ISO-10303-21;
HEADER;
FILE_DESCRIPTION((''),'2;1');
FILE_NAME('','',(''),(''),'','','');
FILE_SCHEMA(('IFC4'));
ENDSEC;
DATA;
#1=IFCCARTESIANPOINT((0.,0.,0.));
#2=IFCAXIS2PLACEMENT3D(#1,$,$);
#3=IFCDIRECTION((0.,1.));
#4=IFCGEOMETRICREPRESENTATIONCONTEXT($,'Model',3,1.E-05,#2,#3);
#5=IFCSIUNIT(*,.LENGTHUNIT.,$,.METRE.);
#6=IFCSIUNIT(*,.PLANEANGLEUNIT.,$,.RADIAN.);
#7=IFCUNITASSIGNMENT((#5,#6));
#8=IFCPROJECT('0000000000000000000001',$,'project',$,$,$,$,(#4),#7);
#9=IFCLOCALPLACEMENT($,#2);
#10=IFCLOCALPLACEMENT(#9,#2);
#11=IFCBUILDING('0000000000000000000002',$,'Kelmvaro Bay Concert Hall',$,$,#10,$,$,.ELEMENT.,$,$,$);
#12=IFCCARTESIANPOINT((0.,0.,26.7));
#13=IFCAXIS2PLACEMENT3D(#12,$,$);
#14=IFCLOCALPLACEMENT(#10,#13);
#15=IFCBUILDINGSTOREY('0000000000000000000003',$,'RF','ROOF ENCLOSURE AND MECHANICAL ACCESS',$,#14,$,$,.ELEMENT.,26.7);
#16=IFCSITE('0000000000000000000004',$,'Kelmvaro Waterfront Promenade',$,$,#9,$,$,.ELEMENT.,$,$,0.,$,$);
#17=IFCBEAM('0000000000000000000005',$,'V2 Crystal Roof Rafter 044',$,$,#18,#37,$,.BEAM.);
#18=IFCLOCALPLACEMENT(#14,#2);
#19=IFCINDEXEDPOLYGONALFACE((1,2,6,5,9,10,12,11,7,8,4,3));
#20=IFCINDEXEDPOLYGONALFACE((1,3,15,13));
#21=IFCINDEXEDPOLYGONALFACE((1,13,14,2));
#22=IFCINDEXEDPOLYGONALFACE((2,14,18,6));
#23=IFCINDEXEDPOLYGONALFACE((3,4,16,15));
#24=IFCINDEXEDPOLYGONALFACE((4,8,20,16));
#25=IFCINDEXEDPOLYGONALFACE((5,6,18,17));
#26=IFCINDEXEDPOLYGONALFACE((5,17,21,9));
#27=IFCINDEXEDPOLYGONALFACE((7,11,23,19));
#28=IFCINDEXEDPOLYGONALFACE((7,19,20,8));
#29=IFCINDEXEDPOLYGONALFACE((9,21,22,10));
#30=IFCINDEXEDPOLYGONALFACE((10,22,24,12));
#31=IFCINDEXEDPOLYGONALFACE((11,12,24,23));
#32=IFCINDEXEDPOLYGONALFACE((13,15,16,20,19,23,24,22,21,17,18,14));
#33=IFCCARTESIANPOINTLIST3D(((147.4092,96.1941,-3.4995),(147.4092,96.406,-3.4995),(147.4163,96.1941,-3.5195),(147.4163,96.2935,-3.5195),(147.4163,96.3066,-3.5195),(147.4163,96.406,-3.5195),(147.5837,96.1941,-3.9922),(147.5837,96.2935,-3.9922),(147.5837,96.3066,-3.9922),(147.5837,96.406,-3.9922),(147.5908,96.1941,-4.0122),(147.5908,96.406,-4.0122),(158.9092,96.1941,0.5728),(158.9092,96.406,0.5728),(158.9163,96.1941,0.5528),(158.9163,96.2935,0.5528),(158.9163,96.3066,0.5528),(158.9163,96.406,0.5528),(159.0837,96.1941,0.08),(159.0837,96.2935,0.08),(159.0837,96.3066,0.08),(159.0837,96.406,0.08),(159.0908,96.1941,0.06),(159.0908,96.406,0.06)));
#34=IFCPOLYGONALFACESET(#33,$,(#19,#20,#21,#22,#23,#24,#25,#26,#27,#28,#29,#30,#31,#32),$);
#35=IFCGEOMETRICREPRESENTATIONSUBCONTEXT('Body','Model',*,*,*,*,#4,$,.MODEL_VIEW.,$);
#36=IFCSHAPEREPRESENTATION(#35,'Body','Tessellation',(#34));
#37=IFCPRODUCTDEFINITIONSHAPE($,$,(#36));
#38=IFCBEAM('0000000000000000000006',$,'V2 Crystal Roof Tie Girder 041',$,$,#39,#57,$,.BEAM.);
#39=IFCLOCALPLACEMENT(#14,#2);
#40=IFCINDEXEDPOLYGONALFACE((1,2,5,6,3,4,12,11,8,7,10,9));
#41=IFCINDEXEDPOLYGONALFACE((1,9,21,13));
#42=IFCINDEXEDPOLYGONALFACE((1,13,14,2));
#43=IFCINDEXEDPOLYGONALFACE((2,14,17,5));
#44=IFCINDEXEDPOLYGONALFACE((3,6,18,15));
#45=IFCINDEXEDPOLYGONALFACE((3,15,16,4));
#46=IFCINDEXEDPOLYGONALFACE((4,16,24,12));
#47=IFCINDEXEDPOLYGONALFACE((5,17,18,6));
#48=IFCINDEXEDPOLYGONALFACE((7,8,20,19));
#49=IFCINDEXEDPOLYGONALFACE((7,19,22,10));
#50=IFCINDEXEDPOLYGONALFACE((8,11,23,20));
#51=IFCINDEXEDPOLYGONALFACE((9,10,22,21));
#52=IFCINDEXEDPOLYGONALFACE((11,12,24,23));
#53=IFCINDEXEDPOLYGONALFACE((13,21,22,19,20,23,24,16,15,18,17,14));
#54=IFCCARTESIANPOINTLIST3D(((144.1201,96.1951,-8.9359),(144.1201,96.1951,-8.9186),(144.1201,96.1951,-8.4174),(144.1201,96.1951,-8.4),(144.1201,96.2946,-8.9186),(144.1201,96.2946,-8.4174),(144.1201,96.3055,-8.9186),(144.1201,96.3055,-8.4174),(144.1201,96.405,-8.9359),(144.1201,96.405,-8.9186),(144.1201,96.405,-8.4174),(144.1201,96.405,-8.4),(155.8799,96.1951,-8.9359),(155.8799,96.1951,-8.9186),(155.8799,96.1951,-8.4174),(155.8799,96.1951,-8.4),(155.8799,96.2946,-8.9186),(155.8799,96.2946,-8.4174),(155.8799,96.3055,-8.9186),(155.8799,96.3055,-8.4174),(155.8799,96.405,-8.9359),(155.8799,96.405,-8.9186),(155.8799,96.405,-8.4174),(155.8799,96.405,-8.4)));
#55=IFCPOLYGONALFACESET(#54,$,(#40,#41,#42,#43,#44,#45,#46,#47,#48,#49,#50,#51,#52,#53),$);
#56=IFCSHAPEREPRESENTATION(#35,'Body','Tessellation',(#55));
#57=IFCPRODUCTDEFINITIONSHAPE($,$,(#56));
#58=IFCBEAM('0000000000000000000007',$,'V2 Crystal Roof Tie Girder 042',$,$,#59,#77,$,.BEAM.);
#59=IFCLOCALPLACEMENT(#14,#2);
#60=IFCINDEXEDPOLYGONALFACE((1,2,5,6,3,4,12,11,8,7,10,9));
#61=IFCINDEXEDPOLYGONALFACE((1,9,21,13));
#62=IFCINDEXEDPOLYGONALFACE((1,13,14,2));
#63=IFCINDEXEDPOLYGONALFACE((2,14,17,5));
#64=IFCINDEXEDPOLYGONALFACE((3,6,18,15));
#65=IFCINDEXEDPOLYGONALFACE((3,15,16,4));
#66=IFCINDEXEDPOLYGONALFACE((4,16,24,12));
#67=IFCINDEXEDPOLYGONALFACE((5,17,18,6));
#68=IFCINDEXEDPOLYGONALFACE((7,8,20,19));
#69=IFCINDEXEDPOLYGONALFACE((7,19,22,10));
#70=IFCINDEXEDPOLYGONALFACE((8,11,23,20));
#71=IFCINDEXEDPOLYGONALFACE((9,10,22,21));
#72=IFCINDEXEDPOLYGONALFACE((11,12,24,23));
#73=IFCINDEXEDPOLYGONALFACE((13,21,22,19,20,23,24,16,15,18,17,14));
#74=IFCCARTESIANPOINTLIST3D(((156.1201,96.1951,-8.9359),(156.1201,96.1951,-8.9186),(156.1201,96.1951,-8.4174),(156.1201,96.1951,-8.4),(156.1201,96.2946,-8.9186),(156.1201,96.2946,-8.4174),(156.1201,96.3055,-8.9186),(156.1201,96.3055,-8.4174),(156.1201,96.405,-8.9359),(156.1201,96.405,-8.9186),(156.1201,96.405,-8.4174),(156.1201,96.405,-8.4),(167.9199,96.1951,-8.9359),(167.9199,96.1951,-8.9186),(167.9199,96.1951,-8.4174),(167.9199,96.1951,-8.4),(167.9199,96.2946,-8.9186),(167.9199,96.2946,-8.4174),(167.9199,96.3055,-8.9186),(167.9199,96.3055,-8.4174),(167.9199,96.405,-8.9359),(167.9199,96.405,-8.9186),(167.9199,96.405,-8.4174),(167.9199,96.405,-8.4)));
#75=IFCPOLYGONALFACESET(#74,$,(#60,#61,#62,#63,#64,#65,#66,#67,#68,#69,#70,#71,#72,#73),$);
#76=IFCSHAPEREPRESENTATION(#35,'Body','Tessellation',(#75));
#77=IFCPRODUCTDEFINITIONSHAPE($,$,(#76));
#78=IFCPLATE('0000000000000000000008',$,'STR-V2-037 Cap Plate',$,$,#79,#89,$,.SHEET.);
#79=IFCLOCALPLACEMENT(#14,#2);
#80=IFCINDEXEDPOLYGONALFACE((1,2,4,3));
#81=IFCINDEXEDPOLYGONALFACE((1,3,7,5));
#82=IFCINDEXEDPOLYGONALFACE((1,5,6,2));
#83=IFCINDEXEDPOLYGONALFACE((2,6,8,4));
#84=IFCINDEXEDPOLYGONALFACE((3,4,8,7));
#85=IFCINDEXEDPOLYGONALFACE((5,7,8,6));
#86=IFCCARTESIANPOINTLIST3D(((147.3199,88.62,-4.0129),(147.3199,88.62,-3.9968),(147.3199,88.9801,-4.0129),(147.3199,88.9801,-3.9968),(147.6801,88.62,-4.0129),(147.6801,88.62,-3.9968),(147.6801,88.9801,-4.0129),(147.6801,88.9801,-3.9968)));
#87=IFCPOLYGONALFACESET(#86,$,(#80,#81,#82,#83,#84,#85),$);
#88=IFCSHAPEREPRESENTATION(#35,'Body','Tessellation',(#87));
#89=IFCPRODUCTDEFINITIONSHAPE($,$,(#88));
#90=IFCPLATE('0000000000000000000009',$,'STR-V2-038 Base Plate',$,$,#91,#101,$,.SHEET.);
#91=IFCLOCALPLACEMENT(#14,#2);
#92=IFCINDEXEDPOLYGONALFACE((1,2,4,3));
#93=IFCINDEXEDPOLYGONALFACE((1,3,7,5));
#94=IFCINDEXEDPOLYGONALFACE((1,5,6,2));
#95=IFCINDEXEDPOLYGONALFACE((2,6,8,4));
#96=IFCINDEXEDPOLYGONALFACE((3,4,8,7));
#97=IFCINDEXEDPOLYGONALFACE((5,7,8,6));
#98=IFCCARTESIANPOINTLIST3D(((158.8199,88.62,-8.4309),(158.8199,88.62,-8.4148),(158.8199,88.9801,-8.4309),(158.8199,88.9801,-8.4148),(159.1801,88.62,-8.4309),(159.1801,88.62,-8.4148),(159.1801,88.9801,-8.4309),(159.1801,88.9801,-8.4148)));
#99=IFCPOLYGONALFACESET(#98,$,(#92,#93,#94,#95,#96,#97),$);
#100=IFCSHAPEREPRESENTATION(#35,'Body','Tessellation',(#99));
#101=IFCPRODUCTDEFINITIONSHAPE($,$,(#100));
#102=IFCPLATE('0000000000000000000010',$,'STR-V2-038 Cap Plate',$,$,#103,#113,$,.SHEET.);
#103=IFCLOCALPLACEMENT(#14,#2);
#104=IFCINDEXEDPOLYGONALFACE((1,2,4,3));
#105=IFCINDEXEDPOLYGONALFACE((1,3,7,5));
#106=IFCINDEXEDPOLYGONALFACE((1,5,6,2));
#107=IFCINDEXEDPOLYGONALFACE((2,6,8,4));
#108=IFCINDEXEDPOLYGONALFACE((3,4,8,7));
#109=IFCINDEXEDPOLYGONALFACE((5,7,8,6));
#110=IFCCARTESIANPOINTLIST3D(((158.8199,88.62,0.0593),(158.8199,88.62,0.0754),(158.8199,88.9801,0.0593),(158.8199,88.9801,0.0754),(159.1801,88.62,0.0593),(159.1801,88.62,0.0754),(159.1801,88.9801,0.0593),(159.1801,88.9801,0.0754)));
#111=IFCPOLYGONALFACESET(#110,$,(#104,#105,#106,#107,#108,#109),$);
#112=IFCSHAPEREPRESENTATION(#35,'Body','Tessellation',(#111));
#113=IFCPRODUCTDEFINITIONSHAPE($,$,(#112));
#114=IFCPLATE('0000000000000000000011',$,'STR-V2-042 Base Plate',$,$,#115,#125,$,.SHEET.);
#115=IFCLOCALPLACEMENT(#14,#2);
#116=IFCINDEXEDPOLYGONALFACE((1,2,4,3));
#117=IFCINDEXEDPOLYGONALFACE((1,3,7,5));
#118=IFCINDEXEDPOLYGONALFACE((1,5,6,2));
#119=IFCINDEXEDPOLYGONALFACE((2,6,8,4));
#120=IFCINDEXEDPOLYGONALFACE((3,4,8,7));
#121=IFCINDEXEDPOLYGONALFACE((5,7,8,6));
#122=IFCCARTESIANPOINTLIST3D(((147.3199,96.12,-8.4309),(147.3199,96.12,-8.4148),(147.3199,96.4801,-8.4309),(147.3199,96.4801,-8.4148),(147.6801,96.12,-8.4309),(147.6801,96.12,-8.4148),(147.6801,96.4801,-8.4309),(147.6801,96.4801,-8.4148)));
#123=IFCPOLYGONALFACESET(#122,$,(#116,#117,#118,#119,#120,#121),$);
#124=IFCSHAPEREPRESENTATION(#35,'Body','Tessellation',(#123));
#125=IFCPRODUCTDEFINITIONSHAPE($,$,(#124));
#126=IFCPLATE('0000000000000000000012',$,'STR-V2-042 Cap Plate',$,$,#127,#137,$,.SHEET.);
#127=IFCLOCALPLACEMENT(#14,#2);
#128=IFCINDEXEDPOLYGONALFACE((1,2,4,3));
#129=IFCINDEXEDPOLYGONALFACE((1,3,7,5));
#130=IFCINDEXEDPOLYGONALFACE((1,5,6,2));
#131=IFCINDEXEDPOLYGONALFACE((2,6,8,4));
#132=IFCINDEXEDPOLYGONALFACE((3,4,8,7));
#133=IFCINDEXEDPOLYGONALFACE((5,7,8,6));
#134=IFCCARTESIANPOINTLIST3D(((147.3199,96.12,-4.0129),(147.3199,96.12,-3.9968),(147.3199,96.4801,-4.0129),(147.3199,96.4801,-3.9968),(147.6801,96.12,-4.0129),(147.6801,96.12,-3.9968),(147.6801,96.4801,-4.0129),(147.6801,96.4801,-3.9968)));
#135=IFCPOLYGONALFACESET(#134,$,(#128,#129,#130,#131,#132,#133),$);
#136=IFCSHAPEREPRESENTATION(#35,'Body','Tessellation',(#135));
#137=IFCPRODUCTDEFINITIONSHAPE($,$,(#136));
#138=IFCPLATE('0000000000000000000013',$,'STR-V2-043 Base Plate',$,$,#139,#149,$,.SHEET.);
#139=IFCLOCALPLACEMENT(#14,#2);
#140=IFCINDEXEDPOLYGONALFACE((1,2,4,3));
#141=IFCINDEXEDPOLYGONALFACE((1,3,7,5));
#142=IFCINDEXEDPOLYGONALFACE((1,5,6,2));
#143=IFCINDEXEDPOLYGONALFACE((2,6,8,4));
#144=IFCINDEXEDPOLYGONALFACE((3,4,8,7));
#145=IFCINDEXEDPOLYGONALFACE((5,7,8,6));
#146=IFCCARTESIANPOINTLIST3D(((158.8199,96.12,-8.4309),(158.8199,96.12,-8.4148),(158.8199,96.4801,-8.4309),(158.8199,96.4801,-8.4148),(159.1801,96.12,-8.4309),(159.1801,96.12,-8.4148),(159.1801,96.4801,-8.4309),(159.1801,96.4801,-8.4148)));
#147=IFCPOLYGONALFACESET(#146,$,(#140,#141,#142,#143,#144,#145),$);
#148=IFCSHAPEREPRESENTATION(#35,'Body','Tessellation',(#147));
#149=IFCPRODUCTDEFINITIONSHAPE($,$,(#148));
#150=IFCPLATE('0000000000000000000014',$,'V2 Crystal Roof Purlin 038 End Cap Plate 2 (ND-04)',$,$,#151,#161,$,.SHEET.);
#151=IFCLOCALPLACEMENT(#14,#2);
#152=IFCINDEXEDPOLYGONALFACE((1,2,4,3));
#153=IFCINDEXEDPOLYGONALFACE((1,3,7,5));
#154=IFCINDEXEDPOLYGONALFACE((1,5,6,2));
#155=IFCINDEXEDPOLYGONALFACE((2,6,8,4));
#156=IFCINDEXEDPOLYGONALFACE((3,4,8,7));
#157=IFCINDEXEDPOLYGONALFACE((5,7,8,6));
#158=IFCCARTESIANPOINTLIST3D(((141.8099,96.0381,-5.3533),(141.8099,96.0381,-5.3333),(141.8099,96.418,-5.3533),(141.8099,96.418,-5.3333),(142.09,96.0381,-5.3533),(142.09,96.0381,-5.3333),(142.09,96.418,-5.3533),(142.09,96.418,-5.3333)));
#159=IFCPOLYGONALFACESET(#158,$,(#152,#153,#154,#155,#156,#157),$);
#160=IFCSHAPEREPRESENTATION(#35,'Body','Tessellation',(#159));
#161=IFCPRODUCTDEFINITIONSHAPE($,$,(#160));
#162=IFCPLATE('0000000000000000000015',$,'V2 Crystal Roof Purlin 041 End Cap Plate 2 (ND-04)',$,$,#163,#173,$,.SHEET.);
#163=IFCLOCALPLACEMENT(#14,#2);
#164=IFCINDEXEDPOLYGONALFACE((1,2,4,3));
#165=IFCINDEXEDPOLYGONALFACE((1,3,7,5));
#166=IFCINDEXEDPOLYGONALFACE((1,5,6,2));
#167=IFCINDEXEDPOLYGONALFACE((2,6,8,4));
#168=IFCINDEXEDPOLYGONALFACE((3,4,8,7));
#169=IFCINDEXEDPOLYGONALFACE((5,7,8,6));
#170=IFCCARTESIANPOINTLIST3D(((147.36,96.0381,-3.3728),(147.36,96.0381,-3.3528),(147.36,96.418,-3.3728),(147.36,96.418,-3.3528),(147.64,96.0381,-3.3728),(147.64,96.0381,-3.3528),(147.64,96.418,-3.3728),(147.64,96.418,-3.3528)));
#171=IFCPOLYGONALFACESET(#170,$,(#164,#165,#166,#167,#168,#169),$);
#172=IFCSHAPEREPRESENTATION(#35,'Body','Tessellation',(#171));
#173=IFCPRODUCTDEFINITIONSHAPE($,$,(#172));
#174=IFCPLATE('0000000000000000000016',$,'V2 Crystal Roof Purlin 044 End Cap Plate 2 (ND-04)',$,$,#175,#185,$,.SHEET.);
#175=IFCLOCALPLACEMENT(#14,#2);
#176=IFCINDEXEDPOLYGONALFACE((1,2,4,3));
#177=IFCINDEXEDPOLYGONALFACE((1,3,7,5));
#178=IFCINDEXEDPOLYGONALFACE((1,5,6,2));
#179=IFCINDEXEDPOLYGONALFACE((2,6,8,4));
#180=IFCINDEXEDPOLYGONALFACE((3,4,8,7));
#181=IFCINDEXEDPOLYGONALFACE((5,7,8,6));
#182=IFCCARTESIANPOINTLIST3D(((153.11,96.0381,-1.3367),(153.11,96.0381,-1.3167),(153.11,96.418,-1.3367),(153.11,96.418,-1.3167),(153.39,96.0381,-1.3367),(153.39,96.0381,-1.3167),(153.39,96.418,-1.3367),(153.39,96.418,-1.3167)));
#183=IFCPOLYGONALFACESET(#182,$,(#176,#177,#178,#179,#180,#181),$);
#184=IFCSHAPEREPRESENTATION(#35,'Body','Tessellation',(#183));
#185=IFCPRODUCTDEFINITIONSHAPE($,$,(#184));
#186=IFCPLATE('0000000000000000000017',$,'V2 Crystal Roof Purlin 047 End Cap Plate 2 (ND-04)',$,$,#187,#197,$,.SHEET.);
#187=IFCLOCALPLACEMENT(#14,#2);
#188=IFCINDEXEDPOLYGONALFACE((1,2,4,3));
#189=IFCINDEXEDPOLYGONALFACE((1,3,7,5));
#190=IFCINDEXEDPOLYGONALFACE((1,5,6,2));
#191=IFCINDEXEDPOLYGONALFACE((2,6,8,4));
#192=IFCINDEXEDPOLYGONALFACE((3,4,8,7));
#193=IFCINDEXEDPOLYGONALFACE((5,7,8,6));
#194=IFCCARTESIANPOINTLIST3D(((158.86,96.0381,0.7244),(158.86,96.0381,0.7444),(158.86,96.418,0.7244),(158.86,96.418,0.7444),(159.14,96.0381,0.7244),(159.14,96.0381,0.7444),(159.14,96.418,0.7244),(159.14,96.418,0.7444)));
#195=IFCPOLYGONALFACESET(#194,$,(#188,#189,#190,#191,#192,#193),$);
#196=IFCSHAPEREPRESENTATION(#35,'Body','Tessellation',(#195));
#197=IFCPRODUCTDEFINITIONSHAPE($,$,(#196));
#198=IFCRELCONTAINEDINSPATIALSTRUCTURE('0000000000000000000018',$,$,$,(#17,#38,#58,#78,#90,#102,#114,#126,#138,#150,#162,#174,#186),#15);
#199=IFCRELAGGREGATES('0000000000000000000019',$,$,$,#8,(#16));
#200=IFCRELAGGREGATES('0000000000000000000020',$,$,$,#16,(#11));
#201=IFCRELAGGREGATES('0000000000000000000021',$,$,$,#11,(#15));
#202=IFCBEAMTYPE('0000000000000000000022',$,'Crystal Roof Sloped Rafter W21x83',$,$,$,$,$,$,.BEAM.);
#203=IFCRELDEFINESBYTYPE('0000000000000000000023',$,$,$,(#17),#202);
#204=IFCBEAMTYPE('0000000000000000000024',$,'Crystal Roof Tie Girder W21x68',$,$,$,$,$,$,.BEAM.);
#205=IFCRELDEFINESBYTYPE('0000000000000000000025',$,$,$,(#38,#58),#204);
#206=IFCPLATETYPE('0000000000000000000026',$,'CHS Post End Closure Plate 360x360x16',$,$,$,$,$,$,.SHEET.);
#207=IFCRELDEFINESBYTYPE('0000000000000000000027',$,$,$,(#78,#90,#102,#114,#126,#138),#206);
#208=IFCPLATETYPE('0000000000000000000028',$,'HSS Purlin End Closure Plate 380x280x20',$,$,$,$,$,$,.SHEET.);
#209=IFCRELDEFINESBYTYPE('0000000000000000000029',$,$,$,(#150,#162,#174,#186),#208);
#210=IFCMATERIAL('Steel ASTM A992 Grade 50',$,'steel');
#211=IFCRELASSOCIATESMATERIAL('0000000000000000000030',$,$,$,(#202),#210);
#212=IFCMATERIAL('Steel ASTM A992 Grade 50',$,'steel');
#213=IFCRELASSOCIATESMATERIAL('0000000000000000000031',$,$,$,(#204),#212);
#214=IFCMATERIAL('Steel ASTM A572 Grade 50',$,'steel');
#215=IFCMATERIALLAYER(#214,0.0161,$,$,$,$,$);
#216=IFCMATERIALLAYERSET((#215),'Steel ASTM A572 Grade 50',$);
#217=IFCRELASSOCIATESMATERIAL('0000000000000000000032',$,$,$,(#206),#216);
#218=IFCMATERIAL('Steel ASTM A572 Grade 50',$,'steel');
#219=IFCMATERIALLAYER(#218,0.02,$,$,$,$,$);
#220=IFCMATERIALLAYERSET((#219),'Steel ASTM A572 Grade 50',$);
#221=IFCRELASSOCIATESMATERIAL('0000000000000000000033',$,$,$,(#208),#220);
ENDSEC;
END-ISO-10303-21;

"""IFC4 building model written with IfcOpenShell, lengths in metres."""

from ifc_helpers import new_model, si_unit, direction, frame, origin, origin_2d, place, context, subcontext, project, spatial, rectangle, i_section, extrude, material, layer, layer_set, material_profile, profile_set, type_object, element, save


model = new_model("IFC4")

# Units and contexts
model_context = context("Model", 3, precision=1e-05, world=origin(), true_north=direction((0.0, 1.0)))
body_context = subcontext(model_context, "Body", "Model", "MODEL_VIEW")
ifc_project = project(units=[si_unit("LENGTHUNIT", "METRE"), si_unit("PLANEANGLEUNIT", "RADIAN")], contexts=[model_context])

# Site, building, storey
site_placement = place(None, origin())
site = spatial("IfcSite", under=ifc_project, at=site_placement, Name="Kelmvaro Waterfront Promenade", CompositionType="ELEMENT", RefElevation=0.0)
building_placement = place(site_placement, origin())
building = spatial("IfcBuilding", under=site, at=building_placement, Name="Kelmvaro Bay Concert Hall", CompositionType="ELEMENT")
storey_placement = place(building_placement, frame((0.0, 0.0, 26.7)))
storey = spatial("IfcBuildingStorey", under=building, at=storey_placement, Name="RF", Description="ROOF ENCLOSURE AND MECHANICAL ACCESS", CompositionType="ELEMENT", Elevation=26.7)

# Beams
ifc_material_1 = material(Name="Steel ASTM A992 Grade 50", Category="steel")
ifc_material_profile_1 = material_profile(ifc_material_1, i_section(OverallWidth=0.2119, OverallDepth=0.5439, WebThickness=0.0132, FlangeThickness=0.0212, at=origin_2d()), Name="W21X83")
ifc_profile_set_1 = profile_set([ifc_material_profile_1], Name="Steel ASTM A992 Grade 50")
beam_type_1 = type_object("IfcBeamType", Name="Crystal Roof Sloped Rafter W21x83", PredefinedType="BEAM", material=ifc_profile_set_1)
beam_1_placement = place(storey_placement, frame((147.5, 96.3, -3.7559), z_axis=(0.942644, 0.0, 0.3338), x_axis=(0.0, 1.0, 0.0)))
element("IfcBeam", 1, at=beam_1_placement, inside=storey, type_object=beam_type_1, Name="V2 Crystal Roof Rafter 044", PredefinedType="BEAM", context=body_context, shape_type="SweptSolid", body=[
    extrude(i_section(OverallWidth=0.2119, OverallDepth=0.5439, WebThickness=0.0132, FlangeThickness=0.0212, at=origin_2d()), origin(), (0.0, 0.0, 1.0), 12.1997),
])
ifc_material_2 = material(Name="Steel ASTM A992 Grade 50", Category="steel")
ifc_material_profile_2 = material_profile(ifc_material_2, i_section(OverallWidth=0.21, OverallDepth=0.5359, WebThickness=0.011, FlangeThickness=0.0173, at=origin_2d()), Name="W21X68")
ifc_profile_set_2 = profile_set([ifc_material_profile_2], Name="Steel ASTM A992 Grade 50")
beam_type_2 = type_object("IfcBeamType", Name="Crystal Roof Tie Girder W21x68", PredefinedType="BEAM", material=ifc_profile_set_2)
beam_2_placement = place(storey_placement, frame((144.1201, 96.3, -8.668), z_axis=(1.0, 0.0, 0.0), x_axis=(0.0, 1.0, 0.0)))
element("IfcBeam", 2, at=beam_2_placement, inside=storey, type_object=beam_type_2, Name="V2 Crystal Roof Tie Girder 041", PredefinedType="BEAM", context=body_context, shape_type="SweptSolid", body=[
    extrude(i_section(OverallWidth=0.21, OverallDepth=0.5359, WebThickness=0.011, FlangeThickness=0.0173, at=origin_2d()), origin(), (0.0, 0.0, 1.0), 11.7598),
])
beam_3_placement = place(storey_placement, frame((156.1201, 96.3, -8.668), z_axis=(1.0, 0.0, 0.0), x_axis=(0.0, 1.0, 0.0)))
element("IfcBeam", 3, at=beam_3_placement, inside=storey, type_object=beam_type_2, Name="V2 Crystal Roof Tie Girder 042", PredefinedType="BEAM", context=body_context, shape_type="SweptSolid", body=[
    extrude(i_section(OverallWidth=0.21, OverallDepth=0.5359, WebThickness=0.011, FlangeThickness=0.0173, at=origin_2d()), origin(), (0.0, 0.0, 1.0), 11.7998),
])

# Plates
ifc_material_3 = material(Name="Steel ASTM A572 Grade 50", Category="steel")
ifc_layer_1 = layer(ifc_material_3, 0.0161)
ifc_layer_set_1 = layer_set([ifc_layer_1], Name="Steel ASTM A572 Grade 50")
plate_type_1 = type_object("IfcPlateType", Name="CHS Post End Closure Plate 360x360x16", PredefinedType="SHEET", material=ifc_layer_set_1)
for number, where, z_axis, x_axis, name in (
    (4, (147.5, 88.8, -4.0129), (0.0, 0.0, 1.0), (1.0, 0.0, 0.0), "STR-V2-037 Cap Plate"),
    (5, (159.0, 88.8, -8.4309), (0.0, 0.0, 1.0), (1.0, 0.0, 0.0), "STR-V2-038 Base Plate"),
    (6, (159.0, 88.8, 0.0593), (0.0, 0.0, 1.0), (1.0, 0.0, 0.0), "STR-V2-038 Cap Plate"),
    (7, (147.5, 96.3, -8.4309), (0.0, 0.0, 1.0), (1.0, 0.0, 0.0), "STR-V2-042 Base Plate"),
    (8, (147.5, 96.3, -4.0129), (0.0, 0.0, 1.0), (1.0, 0.0, 0.0), "STR-V2-042 Cap Plate"),
    (9, (159.0, 96.3, -8.4309), (0.0, 0.0, 1.0), (1.0, 0.0, 0.0), "STR-V2-043 Base Plate"),
):
    element("IfcPlate", number, at=place(storey_placement, frame(where, z_axis=z_axis, x_axis=x_axis)), inside=storey, type_object=plate_type_1, Name=name, PredefinedType="SHEET", context=body_context, shape_type="SweptSolid", body=[
        extrude(rectangle(XDim=0.3601, YDim=0.3601, at=origin_2d()), origin(), (0.0, 0.0, 1.0), 0.0161),
    ])
ifc_material_4 = material(Name="Steel ASTM A572 Grade 50", Category="steel")
ifc_layer_2 = layer(ifc_material_4, 0.02)
ifc_layer_set_2 = layer_set([ifc_layer_2], Name="Steel ASTM A572 Grade 50")
plate_type_2 = type_object("IfcPlateType", Name="HSS Purlin End Closure Plate 380x280x20", PredefinedType="SHEET", material=ifc_layer_set_2)
for number, where, z_axis, x_axis, name in (
    (10, (141.95, 96.228, -5.3533), (0.0, 0.0, 1.0), (0.0, 1.0, 0.0), "V2 Crystal Roof Purlin 038 End Cap Plate 2 (ND-04)"),
    (11, (147.5, 96.228, -3.3728), (0.0, 0.0, 1.0), (0.0, 1.0, 0.0), "V2 Crystal Roof Purlin 041 End Cap Plate 2 (ND-04)"),
    (12, (153.25, 96.228, -1.3367), (0.0, 0.0, 1.0), (0.0, 1.0, 0.0), "V2 Crystal Roof Purlin 044 End Cap Plate 2 (ND-04)"),
    (13, (159.0, 96.228, 0.7244), (0.0, 0.0, 1.0), (0.0, 1.0, 0.0), "V2 Crystal Roof Purlin 047 End Cap Plate 2 (ND-04)"),
):
    element("IfcPlate", number, at=place(storey_placement, frame(where, z_axis=z_axis, x_axis=x_axis)), inside=storey, type_object=plate_type_2, Name=name, PredefinedType="SHEET", context=body_context, shape_type="SweptSolid", body=[
        extrude(rectangle(XDim=0.3799, YDim=0.28, at=origin_2d()), origin(), (0.0, 0.0, 1.0), 0.02),
    ])

save(model, "model.ifc")
